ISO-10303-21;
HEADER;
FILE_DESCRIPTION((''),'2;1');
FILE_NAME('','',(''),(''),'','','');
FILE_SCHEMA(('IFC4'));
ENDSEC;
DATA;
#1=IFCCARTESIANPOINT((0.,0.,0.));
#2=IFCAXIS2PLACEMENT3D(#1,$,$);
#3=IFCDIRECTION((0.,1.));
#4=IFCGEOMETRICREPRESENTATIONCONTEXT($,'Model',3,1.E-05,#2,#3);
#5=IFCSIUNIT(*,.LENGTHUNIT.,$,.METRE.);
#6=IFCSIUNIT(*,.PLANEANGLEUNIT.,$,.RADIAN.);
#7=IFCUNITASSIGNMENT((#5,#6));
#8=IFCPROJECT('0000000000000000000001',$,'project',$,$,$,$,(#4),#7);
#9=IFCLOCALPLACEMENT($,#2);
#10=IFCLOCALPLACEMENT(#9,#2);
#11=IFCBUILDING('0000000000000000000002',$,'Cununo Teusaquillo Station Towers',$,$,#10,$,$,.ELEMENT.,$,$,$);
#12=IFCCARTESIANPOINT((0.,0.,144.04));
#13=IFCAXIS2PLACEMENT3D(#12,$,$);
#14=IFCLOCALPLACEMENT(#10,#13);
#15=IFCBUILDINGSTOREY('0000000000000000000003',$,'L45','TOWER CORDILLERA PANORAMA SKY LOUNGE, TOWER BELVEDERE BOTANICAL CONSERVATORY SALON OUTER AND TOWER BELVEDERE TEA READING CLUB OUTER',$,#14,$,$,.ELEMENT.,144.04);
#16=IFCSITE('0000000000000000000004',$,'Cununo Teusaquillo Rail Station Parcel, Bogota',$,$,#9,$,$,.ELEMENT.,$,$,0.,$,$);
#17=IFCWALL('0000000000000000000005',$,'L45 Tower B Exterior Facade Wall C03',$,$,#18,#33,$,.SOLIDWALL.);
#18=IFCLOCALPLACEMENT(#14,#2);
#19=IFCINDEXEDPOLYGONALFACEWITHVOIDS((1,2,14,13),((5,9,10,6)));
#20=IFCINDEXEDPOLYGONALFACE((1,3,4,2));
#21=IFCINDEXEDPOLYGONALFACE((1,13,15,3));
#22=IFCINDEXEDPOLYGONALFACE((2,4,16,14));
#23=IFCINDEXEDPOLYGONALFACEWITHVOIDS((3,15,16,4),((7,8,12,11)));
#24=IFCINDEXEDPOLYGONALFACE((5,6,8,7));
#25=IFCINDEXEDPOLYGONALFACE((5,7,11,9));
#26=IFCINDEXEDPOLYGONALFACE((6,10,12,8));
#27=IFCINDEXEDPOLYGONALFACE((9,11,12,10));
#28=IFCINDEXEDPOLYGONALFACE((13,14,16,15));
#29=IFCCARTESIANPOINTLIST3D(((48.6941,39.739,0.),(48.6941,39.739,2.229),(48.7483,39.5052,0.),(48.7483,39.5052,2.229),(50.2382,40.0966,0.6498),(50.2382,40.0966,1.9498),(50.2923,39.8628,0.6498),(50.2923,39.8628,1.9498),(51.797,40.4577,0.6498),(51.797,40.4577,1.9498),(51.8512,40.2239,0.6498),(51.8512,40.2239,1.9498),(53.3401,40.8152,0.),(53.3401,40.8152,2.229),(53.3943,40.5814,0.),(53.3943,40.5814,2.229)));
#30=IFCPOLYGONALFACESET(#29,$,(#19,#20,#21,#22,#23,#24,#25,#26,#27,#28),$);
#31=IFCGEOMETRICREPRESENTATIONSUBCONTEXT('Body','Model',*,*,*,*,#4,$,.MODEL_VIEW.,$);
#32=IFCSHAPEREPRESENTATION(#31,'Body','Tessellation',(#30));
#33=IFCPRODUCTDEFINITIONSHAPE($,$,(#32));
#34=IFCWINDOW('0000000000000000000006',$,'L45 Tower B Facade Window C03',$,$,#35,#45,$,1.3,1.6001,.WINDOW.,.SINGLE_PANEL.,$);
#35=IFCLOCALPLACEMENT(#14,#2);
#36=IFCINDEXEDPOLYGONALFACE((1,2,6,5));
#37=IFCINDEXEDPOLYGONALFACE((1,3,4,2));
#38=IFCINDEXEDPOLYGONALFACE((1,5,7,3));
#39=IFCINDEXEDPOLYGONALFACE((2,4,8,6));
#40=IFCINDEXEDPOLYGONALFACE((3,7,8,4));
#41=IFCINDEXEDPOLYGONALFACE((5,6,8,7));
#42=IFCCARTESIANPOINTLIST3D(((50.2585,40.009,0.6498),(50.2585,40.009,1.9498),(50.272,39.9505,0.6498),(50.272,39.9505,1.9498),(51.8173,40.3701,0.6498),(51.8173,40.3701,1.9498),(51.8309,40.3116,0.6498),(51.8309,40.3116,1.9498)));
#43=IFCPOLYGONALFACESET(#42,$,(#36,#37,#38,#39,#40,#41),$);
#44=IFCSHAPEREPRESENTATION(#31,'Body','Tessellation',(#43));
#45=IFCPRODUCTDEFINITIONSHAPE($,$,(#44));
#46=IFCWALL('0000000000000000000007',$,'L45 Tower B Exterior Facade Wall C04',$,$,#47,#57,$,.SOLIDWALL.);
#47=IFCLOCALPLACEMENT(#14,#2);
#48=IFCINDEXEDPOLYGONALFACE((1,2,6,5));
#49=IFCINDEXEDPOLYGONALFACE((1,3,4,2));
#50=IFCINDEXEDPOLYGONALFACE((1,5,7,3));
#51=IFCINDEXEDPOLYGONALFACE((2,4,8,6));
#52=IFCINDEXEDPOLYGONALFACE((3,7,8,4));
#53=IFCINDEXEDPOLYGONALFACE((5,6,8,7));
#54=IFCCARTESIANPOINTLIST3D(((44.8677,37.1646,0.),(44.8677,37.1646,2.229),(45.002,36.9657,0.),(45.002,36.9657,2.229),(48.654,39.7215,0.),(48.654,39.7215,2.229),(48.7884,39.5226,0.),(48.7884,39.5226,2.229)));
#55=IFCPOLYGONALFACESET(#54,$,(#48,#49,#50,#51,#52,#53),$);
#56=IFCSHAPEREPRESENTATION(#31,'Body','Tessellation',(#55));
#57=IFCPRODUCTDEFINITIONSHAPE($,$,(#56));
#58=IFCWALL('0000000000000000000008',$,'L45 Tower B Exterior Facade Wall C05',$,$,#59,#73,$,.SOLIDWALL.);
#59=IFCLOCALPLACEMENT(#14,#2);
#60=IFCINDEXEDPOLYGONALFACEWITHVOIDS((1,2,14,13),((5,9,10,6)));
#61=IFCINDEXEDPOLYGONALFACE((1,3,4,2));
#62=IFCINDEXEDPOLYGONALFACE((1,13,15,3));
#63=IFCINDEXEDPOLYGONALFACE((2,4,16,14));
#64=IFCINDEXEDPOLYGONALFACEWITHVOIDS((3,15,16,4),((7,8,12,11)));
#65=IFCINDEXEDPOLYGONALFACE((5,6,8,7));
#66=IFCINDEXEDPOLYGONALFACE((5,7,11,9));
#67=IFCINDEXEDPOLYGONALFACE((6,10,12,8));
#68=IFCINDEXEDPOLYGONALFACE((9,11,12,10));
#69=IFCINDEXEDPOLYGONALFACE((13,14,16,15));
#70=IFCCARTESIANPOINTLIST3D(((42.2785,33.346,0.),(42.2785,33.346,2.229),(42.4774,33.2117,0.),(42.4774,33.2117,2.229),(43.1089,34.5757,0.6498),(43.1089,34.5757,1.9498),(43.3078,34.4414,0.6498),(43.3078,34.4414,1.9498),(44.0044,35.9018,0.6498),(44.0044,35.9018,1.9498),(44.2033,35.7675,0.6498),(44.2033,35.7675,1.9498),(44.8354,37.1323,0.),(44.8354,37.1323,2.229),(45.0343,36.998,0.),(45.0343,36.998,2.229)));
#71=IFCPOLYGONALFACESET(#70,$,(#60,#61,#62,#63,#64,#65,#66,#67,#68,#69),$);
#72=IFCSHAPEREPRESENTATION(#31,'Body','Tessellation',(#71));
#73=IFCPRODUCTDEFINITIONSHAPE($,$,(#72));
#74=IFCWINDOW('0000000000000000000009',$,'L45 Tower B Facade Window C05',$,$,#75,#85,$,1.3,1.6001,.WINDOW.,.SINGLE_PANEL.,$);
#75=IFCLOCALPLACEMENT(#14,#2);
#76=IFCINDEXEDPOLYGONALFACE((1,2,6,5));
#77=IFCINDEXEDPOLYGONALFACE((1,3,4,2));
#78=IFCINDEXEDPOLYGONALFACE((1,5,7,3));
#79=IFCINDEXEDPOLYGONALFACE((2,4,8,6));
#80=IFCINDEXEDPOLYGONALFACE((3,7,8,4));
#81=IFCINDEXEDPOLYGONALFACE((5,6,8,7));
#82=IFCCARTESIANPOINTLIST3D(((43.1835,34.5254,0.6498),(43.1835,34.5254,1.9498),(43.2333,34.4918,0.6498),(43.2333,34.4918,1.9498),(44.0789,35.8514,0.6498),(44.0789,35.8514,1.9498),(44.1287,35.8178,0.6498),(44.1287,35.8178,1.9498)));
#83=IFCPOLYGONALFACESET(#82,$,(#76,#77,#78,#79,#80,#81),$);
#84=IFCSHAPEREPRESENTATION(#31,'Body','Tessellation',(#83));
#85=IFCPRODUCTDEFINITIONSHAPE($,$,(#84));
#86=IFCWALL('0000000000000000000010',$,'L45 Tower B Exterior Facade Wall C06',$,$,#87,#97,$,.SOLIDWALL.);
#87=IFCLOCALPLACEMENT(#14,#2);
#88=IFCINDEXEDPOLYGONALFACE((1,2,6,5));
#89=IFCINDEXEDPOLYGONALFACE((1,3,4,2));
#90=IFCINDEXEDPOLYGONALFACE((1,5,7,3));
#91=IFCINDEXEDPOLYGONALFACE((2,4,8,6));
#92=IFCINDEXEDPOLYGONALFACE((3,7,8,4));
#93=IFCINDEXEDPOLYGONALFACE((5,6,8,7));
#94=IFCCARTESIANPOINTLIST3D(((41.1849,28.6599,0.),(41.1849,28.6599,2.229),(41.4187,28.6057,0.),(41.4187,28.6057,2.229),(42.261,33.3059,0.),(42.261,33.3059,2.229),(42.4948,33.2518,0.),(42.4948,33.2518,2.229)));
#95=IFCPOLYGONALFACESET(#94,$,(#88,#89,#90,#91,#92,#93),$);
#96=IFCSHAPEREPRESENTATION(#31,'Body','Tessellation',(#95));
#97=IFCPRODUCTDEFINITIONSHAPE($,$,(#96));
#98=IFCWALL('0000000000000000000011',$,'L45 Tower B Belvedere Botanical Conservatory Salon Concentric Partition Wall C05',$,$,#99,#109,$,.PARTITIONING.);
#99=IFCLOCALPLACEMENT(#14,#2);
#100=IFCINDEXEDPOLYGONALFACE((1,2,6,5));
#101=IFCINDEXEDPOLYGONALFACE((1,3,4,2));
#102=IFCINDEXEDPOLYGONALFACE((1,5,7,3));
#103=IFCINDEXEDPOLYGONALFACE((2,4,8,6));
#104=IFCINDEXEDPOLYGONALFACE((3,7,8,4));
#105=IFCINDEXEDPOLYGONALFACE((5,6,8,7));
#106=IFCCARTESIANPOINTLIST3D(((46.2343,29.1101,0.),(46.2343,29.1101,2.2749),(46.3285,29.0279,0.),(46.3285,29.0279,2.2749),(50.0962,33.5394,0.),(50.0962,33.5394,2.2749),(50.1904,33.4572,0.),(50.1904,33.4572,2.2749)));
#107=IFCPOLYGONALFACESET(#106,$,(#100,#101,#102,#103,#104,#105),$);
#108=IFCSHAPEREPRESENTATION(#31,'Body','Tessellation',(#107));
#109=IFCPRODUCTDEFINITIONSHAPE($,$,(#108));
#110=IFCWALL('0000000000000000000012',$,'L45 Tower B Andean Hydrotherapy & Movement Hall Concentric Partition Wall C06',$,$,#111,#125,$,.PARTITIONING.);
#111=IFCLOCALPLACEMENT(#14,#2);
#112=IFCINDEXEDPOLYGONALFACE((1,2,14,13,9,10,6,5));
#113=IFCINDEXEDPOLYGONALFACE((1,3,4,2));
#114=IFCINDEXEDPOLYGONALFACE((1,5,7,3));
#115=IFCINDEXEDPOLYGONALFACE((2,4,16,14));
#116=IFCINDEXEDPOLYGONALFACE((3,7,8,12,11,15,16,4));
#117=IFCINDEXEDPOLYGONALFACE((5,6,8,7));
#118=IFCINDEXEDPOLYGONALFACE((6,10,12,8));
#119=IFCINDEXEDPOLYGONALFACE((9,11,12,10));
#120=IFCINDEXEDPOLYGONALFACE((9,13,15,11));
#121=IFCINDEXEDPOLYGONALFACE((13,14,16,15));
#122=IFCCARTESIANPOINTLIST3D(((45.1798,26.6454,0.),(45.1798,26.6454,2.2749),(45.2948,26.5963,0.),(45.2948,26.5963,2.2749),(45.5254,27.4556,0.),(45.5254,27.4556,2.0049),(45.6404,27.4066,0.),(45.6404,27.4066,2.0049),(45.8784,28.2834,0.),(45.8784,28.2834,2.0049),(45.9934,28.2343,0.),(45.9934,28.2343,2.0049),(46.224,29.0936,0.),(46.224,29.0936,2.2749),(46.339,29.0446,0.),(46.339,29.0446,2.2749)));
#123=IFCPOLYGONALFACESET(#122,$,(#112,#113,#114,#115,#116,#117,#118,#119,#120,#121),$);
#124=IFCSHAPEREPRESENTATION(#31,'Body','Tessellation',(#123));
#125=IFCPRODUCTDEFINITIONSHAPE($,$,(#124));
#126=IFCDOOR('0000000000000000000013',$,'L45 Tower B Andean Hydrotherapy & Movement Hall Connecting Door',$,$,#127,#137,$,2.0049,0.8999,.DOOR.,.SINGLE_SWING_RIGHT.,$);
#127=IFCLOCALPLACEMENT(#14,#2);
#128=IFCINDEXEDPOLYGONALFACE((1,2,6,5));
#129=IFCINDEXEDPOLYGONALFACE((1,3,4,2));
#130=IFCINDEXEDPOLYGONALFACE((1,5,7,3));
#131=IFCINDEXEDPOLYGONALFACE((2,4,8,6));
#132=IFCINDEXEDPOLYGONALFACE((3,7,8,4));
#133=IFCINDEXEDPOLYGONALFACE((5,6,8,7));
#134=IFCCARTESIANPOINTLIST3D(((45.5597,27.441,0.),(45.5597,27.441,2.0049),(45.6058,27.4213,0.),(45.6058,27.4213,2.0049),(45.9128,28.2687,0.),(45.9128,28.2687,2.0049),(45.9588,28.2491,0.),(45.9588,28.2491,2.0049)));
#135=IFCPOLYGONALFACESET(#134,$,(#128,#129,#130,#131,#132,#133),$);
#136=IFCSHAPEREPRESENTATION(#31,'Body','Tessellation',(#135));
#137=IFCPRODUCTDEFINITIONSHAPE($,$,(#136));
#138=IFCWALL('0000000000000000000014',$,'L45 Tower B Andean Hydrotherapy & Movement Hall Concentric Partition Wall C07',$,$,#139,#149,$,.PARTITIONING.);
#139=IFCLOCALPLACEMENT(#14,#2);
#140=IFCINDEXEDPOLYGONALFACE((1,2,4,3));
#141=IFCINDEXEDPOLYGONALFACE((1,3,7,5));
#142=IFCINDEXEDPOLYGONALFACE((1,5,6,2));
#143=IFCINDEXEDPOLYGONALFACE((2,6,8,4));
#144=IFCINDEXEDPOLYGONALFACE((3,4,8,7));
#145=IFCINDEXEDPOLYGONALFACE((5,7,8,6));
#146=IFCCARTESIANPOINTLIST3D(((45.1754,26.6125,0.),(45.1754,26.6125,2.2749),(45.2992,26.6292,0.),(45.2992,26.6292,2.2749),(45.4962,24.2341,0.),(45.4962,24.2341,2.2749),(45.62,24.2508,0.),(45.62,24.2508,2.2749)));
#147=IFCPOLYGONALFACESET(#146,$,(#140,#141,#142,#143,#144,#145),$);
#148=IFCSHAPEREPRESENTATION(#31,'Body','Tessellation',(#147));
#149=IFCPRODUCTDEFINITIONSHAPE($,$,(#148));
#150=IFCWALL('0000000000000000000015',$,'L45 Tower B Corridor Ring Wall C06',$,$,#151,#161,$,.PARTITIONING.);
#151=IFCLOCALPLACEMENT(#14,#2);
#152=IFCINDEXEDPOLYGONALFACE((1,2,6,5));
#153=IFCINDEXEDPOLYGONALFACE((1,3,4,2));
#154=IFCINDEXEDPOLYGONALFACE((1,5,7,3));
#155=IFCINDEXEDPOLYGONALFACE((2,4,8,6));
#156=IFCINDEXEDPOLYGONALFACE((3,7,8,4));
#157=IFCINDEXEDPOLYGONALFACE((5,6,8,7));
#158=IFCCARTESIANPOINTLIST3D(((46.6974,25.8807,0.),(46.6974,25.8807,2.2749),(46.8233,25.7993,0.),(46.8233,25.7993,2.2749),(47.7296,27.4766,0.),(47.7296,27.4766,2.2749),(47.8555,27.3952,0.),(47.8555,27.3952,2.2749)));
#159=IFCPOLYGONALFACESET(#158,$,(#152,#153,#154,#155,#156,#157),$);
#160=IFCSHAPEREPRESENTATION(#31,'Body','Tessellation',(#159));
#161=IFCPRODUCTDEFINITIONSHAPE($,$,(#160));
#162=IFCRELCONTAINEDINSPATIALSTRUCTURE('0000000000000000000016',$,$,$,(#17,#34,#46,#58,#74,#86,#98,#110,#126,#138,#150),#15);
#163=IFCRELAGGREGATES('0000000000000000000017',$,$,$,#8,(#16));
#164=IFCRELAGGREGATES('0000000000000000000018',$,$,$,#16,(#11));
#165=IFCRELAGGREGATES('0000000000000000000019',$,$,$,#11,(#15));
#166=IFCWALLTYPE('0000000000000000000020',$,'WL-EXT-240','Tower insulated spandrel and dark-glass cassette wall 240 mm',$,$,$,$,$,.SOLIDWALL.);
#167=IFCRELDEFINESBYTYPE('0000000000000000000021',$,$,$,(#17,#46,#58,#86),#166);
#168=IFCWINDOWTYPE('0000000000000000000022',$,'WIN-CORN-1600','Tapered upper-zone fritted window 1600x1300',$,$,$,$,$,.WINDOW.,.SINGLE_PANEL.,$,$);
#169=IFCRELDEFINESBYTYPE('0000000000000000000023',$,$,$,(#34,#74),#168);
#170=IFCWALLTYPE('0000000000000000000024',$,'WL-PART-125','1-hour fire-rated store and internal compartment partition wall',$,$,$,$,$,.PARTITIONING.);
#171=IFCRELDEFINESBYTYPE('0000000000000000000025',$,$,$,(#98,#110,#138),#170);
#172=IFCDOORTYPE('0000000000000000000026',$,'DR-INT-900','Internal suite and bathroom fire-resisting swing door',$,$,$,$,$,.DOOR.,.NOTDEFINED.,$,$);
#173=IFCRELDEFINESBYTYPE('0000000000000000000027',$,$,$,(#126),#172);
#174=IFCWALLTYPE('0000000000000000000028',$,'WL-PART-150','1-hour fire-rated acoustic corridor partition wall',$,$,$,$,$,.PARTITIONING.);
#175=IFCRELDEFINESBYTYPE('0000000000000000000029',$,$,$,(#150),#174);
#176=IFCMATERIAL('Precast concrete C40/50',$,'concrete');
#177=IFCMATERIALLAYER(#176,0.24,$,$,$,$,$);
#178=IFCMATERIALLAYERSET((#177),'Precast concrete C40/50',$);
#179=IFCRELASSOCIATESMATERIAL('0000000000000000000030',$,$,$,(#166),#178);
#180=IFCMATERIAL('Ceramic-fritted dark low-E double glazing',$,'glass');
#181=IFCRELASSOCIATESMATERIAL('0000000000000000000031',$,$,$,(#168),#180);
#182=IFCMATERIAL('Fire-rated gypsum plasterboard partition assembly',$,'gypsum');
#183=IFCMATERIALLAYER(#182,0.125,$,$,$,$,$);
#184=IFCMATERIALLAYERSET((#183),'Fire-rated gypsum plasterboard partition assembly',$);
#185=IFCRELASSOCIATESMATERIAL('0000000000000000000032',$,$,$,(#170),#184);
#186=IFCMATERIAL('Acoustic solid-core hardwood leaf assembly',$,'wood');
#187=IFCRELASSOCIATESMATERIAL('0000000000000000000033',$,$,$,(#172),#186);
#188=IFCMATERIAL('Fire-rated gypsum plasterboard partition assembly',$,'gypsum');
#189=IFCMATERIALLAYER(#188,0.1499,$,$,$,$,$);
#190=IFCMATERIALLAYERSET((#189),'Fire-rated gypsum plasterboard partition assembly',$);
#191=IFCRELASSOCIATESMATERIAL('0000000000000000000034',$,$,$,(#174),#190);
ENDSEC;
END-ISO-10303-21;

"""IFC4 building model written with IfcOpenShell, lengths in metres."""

from ifc_helpers import new_model, si_unit, direction, frame, frame_2d, origin, place, context, subcontext, project, spatial, rectangle, extrude, source, transform, mapped, material, layer, layer_set, type_object, element, fill, save


model = new_model("IFC4")

# Units and contexts
model_context = context("Model", 3, precision=1e-05, world=origin(), true_north=direction((0.0, 1.0)))
body_context = subcontext(model_context, "Body", "Model", "MODEL_VIEW")
ifc_project = project(units=[si_unit("LENGTHUNIT", "METRE"), si_unit("PLANEANGLEUNIT", "RADIAN")], contexts=[model_context])

# Site, building, storey
site_placement = place(None, origin())
site = spatial("IfcSite", under=ifc_project, at=site_placement, Name="Cununo Teusaquillo Rail Station Parcel, Bogota", CompositionType="ELEMENT", RefElevation=0.0)
building_placement = place(site_placement, origin())
building = spatial("IfcBuilding", under=site, at=building_placement, Name="Cununo Teusaquillo Station Towers", CompositionType="ELEMENT")
storey_placement = place(building_placement, frame((0.0, 0.0, 144.04)))
storey = spatial("IfcBuildingStorey", under=building, at=storey_placement, Name="L45", Description="TOWER CORDILLERA PANORAMA SKY LOUNGE, TOWER BELVEDERE BOTANICAL CONSERVATORY SALON OUTER AND TOWER BELVEDERE TEA READING CLUB OUTER", CompositionType="ELEMENT", Elevation=144.04)

# Wall, opening, window
ifc_material_1 = material(Name="Precast concrete C40/50", Category="concrete")
ifc_layer_1 = layer(ifc_material_1, 0.24)
ifc_layer_set_1 = layer_set([ifc_layer_1], Name="Precast concrete C40/50")
wall_type_1 = type_object("IfcWallType", Name="WL-EXT-240", Description="Tower insulated spandrel and dark-glass cassette wall 240 mm", PredefinedType="SOLIDWALL", material=ifc_layer_set_1)
wall_1_placement = place(storey_placement, frame((48.7212, 39.6221, 0.0), z_axis=(0.0, 0.0, 1.0), x_axis=(0.974206, 0.22566, 0.0)))
wall_1 = element("IfcWall", 1, at=wall_1_placement, inside=storey, type_object=wall_type_1, Name="L45 Tower B Exterior Facade Wall C03", PredefinedType="SOLIDWALL", context=body_context, shape_type="SweptSolid", body=[
    extrude(rectangle(XDim=4.769, YDim=0.24, at=frame_2d((2.3845, 0.0))), origin(), (0.0, 0.0, 1.0), 2.229),
])
shared_shape_1 = source(origin(), body_context, "Body", "SweptSolid", [
    extrude(rectangle(XDim=1.6001, YDim=1.3, at=frame_2d((0.8, 0.6499))), frame((0.0, 0.1299, 0.0), z_axis=(0.0, -1.0, 0.0), x_axis=(1.0, 0.0, 0.0)), (0.0, 0.0, 1.0), 0.26),
])
opening_1_placement = place(wall_1_placement, frame((1.585, 0.0, 0.6499)))
opening_1 = element("IfcOpeningElement", 2, at=opening_1_placement, cuts=wall_1, PredefinedType="OPENING", context=body_context, shape_type="MappedRepresentation", body=[
    mapped(shared_shape_1, transform((0.0, 0.0, 0.0), x_axis=(1.0, 0.0, 0.0), y_axis=(0.0, 1.0, 0.0), z_axis=(0.0, 0.0, 1.0), scale=1.0)),
])
ifc_material_2 = material(Name="Ceramic-fritted dark low-E double glazing", Category="glass")
window_type = type_object("IfcWindowType", Name="WIN-CORN-1600", Description="Tapered upper-zone fritted window 1600x1300", PartitioningType="SINGLE_PANEL", PredefinedType="WINDOW", material=ifc_material_2)
shared_shape_2 = source(origin(), body_context, "Body", "SweptSolid", [
    extrude(rectangle(XDim=1.6001, YDim=1.3, at=frame_2d((0.8, 0.6499))), frame((0.0, 0.03, 0.0), z_axis=(0.0, -1.0, 0.0), x_axis=(1.0, 0.0, 0.0)), (0.0, 0.0, 1.0), 0.0601),
])
window_1_placement = place(opening_1_placement, origin())
window_1 = element("IfcWindow", 3, at=window_1_placement, inside=storey, type_object=window_type, Name="L45 Tower B Facade Window C03", OverallHeight=1.3, OverallWidth=1.6001, PartitioningType="SINGLE_PANEL", PredefinedType="WINDOW", context=body_context, shape_type="MappedRepresentation", body=[
    mapped(shared_shape_2, transform((0.0, 0.0, 0.0), x_axis=(1.0, 0.0, 0.0), y_axis=(0.0, 1.0, 0.0), z_axis=(0.0, 0.0, 1.0), scale=1.0)),
])
fill(opening_1, window_1)

# Wall
wall_2_placement = place(storey_placement, frame((44.9348, 37.0652, 0.0), z_axis=(0.0, 0.0, 1.0), x_axis=(0.828739, 0.559635, 0.0)))
element("IfcWall", 4, at=wall_2_placement, inside=storey, type_object=wall_type_1, Name="L45 Tower B Exterior Facade Wall C04", PredefinedType="SOLIDWALL", context=body_context, shape_type="SweptSolid", body=[
    extrude(rectangle(XDim=4.5688, YDim=0.24, at=frame_2d((2.2844, 0.0))), origin(), (0.0, 0.0, 1.0), 2.229),
])

# Wall, opening, window
wall_3_placement = place(storey_placement, frame((42.3779, 33.2788, 0.0), z_axis=(0.0, 0.0, 1.0), x_axis=(0.559635, 0.828739, 0.0)))
wall_3 = element("IfcWall", 5, at=wall_3_placement, inside=storey, type_object=wall_type_1, Name="L45 Tower B Exterior Facade Wall C05", PredefinedType="SOLIDWALL", context=body_context, shape_type="SweptSolid", body=[
    extrude(rectangle(XDim=4.5688, YDim=0.24, at=frame_2d((2.2844, 0.0))), origin(), (0.0, 0.0, 1.0), 2.229),
])
opening_2_placement = place(wall_3_placement, frame((1.4839, 0.0, 0.6499)))
opening_2 = element("IfcOpeningElement", 6, at=opening_2_placement, cuts=wall_3, PredefinedType="OPENING", context=body_context, shape_type="MappedRepresentation", body=[
    mapped(shared_shape_1, transform((0.0, 0.0, 0.0), x_axis=(1.0, 0.0, 0.0), y_axis=(0.0, 1.0, 0.0), z_axis=(0.0, 0.0, 1.0), scale=1.0)),
])
window_2_placement = place(opening_2_placement, origin())
window_2 = element("IfcWindow", 7, at=window_2_placement, inside=storey, type_object=window_type, Name="L45 Tower B Facade Window C05", OverallHeight=1.3, OverallWidth=1.6001, PartitioningType="SINGLE_PANEL", PredefinedType="WINDOW", context=body_context, shape_type="MappedRepresentation", body=[
    mapped(shared_shape_2, transform((0.0, 0.0, 0.0), x_axis=(1.0, 0.0, 0.0), y_axis=(0.0, 1.0, 0.0), z_axis=(0.0, 0.0, 1.0), scale=1.0)),
])
fill(opening_2, window_2)

# Walls
wall_4_placement = place(storey_placement, frame((41.3018, 28.6328, 0.0), z_axis=(0.0, 0.0, 1.0), x_axis=(0.22566, 0.974206, 0.0)))
element("IfcWall", 8, at=wall_4_placement, inside=storey, type_object=wall_type_1, Name="L45 Tower B Exterior Facade Wall C06", PredefinedType="SOLIDWALL", context=body_context, shape_type="SweptSolid", body=[
    extrude(rectangle(XDim=4.769, YDim=0.24, at=frame_2d((2.3845, 0.0))), origin(), (0.0, 0.0, 1.0), 2.229),
])
ifc_material_3 = material(Name="Fire-rated gypsum plasterboard partition assembly", Category="gypsum")
ifc_layer_2 = layer(ifc_material_3, 0.125)
ifc_layer_set_2 = layer_set([ifc_layer_2], Name="Fire-rated gypsum plasterboard partition assembly")
wall_type_2 = type_object("IfcWallType", Name="WL-PART-125", Description="1-hour fire-rated store and internal compartment partition wall", PredefinedType="PARTITIONING", material=ifc_layer_set_2)
wall_5_placement = place(storey_placement, frame((50.1433, 33.4983, 0.0), z_axis=(0.0, 0.0, 1.0), x_axis=(-0.65718, -0.753734, 0.0)))
element("IfcWall", 9, at=wall_5_placement, inside=storey, type_object=wall_type_2, Name="L45 Tower B Belvedere Botanical Conservatory Salon Concentric Partition Wall C05", PredefinedType="PARTITIONING", context=body_context, shape_type="SweptSolid", body=[
    extrude(rectangle(XDim=5.8765, YDim=0.125, at=frame_2d((2.9382, 0.0))), origin(), (0.0, 0.0, 1.0), 2.2749),
])

# Wall, opening, door
wall_6_placement = place(storey_placement, frame((46.2815, 29.0691, 0.0), z_axis=(0.0, 0.0, 1.0), x_axis=(-0.392313, -0.919832, 0.0)))
wall_6 = element("IfcWall", 10, at=wall_6_placement, inside=storey, type_object=wall_type_2, Name="L45 Tower B Andean Hydrotherapy & Movement Hall Concentric Partition Wall C06", PredefinedType="PARTITIONING", context=body_context, shape_type="SweptSolid", body=[
    extrude(rectangle(XDim=2.6616, YDim=0.125, at=frame_2d((1.3308, 0.0))), origin(), (0.0, 0.0, 1.0), 2.2749),
])
shared_shape_3 = source(origin(), body_context, "Body", "SweptSolid", [
    extrude(rectangle(XDim=0.8999, YDim=2.0049, at=frame_2d((0.45, 1.0024))), frame((0.0, 0.0725, 0.0), z_axis=(0.0, -1.0, 0.0), x_axis=(1.0, 0.0, 0.0)), (0.0, 0.0, 1.0), 0.145),
])
opening_3_placement = place(wall_6_placement, frame((0.8809, 0.0, 0.0)))
opening_3 = element("IfcOpeningElement", 11, at=opening_3_placement, cuts=wall_6, PredefinedType="OPENING", context=body_context, shape_type="MappedRepresentation", body=[
    mapped(shared_shape_3, transform((0.0, 0.0, 0.0), x_axis=(1.0, 0.0, 0.0), y_axis=(0.0, 1.0, 0.0), z_axis=(0.0, 0.0, 1.0), scale=1.0)),
])
ifc_material_4 = material(Name="Acoustic solid-core hardwood leaf assembly", Category="wood")
door_type = type_object("IfcDoorType", Name="DR-INT-900", Description="Internal suite and bathroom fire-resisting swing door", OperationType="NOTDEFINED", PredefinedType="DOOR", material=ifc_material_4)
shared_shape_4 = source(origin(), body_context, "Body", "SweptSolid", [
    extrude(rectangle(XDim=0.8999, YDim=2.0049, at=frame_2d((0.45, 1.0024))), frame((0.0, 0.0249, 0.0), z_axis=(0.0, -1.0, 0.0), x_axis=(1.0, 0.0, 0.0)), (0.0, 0.0, 1.0), 0.05),
])
door_placement = place(opening_3_placement, origin())
door = element("IfcDoor", 12, at=door_placement, inside=storey, type_object=door_type, Name="L45 Tower B Andean Hydrotherapy & Movement Hall Connecting Door", OperationType="SINGLE_SWING_RIGHT", OverallHeight=2.0049, OverallWidth=0.8999, PredefinedType="DOOR", context=body_context, shape_type="MappedRepresentation", body=[
    mapped(shared_shape_4, transform((0.0, 0.0, 0.0), x_axis=(1.0, 0.0, 0.0), y_axis=(0.0, 1.0, 0.0), z_axis=(0.0, 0.0, 1.0), scale=1.0)),
])
fill(opening_3, door)

# Walls
wall_7_placement = place(storey_placement, frame((45.2373, 26.6208, 0.0), z_axis=(0.0, 0.0, 1.0), x_axis=(0.133669, -0.991026, 0.0)))
element("IfcWall", 13, at=wall_7_placement, inside=storey, type_object=wall_type_2, Name="L45 Tower B Andean Hydrotherapy & Movement Hall Concentric Partition Wall C07", PredefinedType="PARTITIONING", context=body_context, shape_type="SweptSolid", body=[
    extrude(rectangle(XDim=2.3999, YDim=0.125, at=frame_2d((1.2, 0.0))), origin(), (0.0, 0.0, 1.0), 2.2749),
])
ifc_material_5 = material(Name="Fire-rated gypsum plasterboard partition assembly", Category="gypsum")
ifc_layer_3 = layer(ifc_material_5, 0.1499)
ifc_layer_set_3 = layer_set([ifc_layer_3], Name="Fire-rated gypsum plasterboard partition assembly")
wall_type_3 = type_object("IfcWallType", Name="WL-PART-150", Description="1-hour fire-rated acoustic corridor partition wall", PredefinedType="PARTITIONING", material=ifc_layer_set_3)
wall_8_placement = place(storey_placement, frame((47.7925, 27.4358, 0.0), z_axis=(0.0, 0.0, 1.0), x_axis=(-0.543086, -0.839677, 0.0)))
element("IfcWall", 14, at=wall_8_placement, inside=storey, type_object=wall_type_3, Name="L45 Tower B Corridor Ring Wall C06", PredefinedType="PARTITIONING", context=body_context, shape_type="SweptSolid", body=[
    extrude(rectangle(XDim=1.9006, YDim=0.1499, at=frame_2d((0.9502, 0.0))), origin(), (0.0, 0.0, 1.0), 2.2749),
])

save(model, "model.ifc")
